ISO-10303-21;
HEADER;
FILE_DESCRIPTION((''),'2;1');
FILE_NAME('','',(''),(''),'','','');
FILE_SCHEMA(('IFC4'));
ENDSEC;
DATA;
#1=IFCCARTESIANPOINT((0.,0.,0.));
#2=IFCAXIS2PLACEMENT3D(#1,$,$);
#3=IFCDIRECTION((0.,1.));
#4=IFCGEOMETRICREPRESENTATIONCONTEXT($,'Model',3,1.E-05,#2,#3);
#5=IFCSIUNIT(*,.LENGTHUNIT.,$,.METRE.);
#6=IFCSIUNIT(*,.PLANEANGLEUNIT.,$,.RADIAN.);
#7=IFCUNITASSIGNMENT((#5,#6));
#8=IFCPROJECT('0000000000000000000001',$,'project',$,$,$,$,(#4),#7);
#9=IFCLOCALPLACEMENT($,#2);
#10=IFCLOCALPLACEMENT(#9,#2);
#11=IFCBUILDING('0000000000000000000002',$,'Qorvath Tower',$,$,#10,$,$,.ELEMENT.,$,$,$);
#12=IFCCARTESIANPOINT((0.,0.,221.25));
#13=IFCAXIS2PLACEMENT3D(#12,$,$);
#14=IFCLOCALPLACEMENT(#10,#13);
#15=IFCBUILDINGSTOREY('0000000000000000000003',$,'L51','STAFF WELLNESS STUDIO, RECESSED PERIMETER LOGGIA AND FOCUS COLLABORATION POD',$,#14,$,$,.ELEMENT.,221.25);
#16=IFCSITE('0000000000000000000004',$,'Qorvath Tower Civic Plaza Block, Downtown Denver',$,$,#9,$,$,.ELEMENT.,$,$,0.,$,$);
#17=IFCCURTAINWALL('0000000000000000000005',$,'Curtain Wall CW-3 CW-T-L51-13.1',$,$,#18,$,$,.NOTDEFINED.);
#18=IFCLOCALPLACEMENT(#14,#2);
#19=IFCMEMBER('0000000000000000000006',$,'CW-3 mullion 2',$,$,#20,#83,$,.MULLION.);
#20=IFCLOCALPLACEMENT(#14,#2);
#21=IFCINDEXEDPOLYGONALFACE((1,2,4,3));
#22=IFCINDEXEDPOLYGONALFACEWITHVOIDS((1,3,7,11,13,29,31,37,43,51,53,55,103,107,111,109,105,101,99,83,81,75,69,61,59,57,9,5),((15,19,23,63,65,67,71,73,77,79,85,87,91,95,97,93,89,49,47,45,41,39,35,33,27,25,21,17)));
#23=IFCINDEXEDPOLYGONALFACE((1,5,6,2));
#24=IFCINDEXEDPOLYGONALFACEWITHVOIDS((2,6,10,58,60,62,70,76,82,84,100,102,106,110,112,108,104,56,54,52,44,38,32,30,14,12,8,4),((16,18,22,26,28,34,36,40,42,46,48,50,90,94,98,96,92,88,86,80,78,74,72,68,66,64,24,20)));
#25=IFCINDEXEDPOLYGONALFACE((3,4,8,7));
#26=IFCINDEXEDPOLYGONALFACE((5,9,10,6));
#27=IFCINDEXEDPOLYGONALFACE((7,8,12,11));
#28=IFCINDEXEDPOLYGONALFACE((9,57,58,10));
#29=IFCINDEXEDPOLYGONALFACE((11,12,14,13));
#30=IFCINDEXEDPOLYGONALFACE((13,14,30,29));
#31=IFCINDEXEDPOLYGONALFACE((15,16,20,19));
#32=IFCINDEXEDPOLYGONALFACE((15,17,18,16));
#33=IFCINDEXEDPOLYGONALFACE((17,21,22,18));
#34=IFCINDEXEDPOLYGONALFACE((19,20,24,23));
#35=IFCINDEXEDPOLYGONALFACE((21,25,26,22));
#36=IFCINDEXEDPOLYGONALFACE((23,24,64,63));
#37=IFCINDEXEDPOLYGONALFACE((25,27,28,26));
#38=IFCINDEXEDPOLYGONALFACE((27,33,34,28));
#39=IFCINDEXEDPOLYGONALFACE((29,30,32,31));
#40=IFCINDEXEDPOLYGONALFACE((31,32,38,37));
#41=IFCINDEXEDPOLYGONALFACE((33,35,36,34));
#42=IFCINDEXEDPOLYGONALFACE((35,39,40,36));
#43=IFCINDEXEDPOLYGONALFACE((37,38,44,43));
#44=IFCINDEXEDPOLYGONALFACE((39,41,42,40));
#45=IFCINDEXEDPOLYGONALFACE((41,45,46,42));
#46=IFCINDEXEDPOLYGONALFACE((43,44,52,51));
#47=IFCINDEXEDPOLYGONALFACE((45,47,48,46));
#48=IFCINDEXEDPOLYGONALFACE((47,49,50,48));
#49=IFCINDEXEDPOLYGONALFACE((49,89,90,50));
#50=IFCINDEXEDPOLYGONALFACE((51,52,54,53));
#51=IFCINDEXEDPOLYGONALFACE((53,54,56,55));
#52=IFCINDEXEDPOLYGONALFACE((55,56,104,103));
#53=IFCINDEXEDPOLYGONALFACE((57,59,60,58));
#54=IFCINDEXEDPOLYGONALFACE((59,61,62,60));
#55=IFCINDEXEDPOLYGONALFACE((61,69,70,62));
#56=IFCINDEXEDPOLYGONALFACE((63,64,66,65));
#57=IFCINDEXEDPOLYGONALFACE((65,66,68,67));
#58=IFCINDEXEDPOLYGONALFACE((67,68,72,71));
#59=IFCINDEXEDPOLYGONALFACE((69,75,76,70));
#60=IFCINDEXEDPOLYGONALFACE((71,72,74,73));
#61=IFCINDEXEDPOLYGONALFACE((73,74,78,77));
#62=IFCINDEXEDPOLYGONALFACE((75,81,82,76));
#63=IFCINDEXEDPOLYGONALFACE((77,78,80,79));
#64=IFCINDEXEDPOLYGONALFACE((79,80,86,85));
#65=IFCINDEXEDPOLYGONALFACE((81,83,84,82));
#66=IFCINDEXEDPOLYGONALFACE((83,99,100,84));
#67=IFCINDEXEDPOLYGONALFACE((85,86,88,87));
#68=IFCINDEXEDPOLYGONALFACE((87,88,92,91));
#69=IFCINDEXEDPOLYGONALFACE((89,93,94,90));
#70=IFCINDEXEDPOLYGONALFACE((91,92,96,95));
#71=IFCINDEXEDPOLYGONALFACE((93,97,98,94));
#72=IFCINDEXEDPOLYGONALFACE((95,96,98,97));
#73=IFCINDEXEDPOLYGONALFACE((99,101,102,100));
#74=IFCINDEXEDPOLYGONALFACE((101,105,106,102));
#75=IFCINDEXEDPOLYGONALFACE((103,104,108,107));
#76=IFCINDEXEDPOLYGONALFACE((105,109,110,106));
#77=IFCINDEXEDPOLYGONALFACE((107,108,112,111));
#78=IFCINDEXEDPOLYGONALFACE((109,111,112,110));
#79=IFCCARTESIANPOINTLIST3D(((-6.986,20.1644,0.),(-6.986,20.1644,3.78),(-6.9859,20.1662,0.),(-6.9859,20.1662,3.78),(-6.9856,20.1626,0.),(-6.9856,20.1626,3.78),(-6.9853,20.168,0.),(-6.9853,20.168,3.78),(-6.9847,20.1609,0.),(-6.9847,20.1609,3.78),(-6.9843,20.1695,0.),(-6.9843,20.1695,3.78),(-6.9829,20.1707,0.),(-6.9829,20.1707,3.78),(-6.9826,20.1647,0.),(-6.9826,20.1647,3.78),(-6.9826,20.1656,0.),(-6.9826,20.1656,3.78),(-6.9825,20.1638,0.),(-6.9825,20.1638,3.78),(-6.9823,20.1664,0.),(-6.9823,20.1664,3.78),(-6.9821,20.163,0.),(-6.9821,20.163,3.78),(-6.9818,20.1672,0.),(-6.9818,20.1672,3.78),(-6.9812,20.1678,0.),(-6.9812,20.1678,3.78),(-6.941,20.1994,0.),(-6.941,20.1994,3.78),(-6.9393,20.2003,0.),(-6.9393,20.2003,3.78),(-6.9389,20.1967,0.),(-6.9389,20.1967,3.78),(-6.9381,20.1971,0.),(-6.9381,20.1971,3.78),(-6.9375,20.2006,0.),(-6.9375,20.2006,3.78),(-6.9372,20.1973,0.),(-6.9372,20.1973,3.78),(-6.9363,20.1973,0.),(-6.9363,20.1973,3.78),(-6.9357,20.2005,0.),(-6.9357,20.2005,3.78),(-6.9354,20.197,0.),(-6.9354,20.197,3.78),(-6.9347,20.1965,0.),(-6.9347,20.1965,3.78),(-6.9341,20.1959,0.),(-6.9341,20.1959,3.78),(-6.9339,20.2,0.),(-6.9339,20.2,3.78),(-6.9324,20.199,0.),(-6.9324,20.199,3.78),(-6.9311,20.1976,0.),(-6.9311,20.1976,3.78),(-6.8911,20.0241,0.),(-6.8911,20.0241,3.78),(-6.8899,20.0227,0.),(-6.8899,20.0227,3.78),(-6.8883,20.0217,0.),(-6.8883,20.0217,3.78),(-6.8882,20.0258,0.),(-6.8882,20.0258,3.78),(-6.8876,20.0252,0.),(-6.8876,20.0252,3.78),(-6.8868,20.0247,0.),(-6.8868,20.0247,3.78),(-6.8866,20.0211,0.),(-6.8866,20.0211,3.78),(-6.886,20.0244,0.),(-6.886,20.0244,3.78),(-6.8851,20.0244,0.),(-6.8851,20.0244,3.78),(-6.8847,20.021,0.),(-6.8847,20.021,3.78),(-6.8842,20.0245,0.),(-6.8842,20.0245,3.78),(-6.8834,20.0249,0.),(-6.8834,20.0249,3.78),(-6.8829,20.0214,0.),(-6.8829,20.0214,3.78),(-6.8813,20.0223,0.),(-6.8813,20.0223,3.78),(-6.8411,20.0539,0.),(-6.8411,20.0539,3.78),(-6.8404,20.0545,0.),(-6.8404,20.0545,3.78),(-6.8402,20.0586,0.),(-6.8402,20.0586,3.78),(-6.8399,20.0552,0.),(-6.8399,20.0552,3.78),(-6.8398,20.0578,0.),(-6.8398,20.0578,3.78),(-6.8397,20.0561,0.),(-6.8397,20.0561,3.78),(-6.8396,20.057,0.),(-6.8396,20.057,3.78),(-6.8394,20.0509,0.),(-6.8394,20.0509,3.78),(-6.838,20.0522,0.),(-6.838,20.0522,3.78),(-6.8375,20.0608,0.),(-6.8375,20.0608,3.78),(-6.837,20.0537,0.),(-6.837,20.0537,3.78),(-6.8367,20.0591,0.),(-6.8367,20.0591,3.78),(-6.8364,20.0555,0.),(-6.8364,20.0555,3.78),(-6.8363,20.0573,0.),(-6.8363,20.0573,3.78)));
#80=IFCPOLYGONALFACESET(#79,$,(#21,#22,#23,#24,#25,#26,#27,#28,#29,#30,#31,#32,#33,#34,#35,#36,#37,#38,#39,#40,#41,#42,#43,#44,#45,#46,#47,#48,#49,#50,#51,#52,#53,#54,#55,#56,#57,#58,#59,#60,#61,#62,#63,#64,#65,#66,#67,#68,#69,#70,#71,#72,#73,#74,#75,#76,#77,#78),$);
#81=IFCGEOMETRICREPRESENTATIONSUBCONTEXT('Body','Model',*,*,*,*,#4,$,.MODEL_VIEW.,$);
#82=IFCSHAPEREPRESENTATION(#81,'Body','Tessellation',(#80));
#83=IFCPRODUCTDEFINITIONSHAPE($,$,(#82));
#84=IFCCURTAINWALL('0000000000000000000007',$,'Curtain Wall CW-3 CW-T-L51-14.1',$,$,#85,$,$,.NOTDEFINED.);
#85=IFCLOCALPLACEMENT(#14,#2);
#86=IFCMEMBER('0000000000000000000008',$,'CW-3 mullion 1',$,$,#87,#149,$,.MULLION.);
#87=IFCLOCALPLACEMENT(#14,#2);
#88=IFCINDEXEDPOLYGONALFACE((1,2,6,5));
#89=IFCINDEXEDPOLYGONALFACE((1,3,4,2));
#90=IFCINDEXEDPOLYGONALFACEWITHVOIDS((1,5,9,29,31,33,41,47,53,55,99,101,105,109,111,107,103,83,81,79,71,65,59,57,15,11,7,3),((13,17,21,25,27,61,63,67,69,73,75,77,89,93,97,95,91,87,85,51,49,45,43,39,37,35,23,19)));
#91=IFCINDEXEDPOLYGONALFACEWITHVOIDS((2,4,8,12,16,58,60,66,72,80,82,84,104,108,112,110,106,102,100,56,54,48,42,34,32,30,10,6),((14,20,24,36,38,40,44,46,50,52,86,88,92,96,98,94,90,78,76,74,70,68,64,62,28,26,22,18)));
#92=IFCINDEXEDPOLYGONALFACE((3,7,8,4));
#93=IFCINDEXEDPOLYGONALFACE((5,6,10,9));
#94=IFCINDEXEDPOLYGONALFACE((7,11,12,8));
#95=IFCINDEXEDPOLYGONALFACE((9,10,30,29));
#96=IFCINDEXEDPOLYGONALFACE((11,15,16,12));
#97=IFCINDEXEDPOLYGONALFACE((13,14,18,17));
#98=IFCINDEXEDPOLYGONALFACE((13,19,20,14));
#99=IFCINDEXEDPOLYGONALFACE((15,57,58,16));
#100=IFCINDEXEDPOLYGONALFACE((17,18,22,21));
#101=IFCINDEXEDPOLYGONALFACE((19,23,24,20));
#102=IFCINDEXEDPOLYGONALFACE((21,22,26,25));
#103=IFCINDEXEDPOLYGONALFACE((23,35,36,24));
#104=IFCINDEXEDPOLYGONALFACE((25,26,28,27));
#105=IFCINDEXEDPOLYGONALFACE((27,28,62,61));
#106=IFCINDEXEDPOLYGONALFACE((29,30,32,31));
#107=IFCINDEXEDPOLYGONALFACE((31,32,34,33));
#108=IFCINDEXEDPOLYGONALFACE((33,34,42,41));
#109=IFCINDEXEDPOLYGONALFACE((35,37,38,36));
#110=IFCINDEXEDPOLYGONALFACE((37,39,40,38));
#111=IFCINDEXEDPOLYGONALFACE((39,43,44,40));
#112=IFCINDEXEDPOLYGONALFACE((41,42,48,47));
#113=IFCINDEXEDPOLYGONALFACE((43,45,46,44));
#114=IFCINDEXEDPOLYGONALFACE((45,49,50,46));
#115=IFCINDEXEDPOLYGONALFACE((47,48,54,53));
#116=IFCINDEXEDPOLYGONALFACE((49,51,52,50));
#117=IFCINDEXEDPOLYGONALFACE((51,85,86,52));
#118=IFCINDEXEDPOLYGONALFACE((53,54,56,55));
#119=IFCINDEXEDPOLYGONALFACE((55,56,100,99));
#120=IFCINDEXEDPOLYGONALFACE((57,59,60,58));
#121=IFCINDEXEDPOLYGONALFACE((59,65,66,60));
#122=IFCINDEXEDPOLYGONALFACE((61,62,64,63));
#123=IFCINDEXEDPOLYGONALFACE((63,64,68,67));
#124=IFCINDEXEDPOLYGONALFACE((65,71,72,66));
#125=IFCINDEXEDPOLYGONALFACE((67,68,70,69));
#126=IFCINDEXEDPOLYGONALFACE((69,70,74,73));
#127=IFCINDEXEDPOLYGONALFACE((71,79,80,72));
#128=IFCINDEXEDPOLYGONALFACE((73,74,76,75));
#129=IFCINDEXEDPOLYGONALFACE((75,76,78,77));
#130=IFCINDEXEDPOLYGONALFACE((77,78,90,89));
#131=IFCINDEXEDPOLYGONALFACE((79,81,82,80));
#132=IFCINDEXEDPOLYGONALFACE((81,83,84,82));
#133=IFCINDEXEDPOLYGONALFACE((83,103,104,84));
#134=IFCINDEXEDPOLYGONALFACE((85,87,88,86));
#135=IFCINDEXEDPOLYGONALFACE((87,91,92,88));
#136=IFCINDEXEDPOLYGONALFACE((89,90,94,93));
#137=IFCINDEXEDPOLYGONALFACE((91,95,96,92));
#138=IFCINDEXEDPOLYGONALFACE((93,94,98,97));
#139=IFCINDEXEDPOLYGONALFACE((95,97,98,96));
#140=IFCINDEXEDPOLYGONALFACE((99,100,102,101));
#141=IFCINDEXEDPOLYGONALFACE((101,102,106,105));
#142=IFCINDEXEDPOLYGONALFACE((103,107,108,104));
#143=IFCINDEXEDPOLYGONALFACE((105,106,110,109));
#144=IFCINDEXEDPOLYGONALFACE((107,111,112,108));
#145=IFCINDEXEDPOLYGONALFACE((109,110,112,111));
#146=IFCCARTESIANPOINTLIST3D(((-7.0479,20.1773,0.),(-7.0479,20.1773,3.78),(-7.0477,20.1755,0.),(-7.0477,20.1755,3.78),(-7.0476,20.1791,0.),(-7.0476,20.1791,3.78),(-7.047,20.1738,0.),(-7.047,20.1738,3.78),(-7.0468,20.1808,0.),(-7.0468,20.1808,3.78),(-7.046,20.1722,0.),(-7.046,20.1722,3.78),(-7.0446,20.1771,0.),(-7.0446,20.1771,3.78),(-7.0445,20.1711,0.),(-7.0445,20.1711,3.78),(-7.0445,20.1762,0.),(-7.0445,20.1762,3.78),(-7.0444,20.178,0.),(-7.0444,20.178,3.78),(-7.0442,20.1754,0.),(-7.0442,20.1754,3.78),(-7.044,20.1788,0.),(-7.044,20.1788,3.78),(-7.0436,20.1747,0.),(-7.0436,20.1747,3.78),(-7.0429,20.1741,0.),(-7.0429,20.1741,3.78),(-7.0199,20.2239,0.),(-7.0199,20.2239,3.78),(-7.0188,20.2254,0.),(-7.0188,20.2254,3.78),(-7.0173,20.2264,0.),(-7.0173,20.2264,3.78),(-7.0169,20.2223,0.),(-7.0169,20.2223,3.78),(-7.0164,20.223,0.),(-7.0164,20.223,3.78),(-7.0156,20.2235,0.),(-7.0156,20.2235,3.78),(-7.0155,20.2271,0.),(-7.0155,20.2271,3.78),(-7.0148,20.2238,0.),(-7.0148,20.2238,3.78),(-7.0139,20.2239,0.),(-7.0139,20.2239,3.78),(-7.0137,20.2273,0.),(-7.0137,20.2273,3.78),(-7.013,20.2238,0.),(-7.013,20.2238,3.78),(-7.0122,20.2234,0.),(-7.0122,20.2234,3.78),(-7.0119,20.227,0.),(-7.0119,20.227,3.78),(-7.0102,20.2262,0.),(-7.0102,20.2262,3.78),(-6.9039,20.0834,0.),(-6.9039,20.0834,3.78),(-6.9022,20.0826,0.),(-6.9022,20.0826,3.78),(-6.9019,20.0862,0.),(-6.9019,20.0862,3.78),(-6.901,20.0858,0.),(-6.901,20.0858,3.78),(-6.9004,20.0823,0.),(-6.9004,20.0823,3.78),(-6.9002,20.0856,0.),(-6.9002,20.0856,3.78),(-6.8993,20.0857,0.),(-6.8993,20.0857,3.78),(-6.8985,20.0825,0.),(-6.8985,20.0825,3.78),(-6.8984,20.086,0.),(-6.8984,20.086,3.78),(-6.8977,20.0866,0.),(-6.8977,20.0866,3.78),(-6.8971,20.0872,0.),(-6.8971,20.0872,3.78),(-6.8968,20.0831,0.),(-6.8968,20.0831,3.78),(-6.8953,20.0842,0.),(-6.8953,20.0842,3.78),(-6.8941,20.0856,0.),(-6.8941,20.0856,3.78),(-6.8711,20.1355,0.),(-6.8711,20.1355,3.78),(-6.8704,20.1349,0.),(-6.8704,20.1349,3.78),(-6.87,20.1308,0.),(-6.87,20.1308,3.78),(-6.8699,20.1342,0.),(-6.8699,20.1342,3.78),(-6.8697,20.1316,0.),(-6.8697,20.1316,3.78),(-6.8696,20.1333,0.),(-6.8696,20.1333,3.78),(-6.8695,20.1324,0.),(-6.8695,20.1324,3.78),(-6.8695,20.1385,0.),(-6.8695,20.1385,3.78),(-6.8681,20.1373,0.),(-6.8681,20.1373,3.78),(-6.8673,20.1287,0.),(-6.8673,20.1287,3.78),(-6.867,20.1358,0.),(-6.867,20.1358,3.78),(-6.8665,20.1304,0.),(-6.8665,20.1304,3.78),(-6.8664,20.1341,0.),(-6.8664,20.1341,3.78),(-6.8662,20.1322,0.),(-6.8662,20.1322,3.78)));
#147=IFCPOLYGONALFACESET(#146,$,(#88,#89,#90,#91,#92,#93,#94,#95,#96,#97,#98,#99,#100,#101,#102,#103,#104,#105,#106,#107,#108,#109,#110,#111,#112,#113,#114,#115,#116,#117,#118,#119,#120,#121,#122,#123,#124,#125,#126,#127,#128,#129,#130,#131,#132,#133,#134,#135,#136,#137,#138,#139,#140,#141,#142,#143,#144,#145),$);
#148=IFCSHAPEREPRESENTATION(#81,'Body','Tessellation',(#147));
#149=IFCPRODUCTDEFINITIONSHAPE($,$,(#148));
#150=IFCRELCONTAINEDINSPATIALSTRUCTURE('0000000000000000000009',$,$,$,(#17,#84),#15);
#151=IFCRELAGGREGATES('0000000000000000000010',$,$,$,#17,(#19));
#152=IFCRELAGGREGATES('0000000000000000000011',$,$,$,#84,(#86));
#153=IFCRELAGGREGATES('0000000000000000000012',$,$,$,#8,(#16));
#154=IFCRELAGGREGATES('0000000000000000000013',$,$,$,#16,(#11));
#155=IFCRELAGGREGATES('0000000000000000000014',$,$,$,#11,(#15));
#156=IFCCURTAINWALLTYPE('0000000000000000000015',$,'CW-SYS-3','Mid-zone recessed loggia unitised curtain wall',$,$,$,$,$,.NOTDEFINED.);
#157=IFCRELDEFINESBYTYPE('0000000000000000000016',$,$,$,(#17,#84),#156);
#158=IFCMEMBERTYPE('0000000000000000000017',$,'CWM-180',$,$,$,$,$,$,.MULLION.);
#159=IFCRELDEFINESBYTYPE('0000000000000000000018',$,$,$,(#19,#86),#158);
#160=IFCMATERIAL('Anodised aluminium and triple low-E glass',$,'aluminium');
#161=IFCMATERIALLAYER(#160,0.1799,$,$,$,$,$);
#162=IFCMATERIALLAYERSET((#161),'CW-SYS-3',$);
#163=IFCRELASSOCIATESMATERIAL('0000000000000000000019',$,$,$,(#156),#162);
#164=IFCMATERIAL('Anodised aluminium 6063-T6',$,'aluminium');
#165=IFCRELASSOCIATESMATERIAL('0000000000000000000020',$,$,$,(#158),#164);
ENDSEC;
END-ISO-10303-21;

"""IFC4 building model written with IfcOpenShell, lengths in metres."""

from ifc_helpers import new_model, si_unit, direction, frame, origin, origin_2d, place, context, subcontext, project, spatial, hollow_rectangle, extrude, material, layer, layer_set, material_profile, profile_set, type_object, element, aggregate, save


model = new_model("IFC4")

# Units and contexts
model_context = context("Model", 3, precision=1e-05, world=origin(), true_north=direction((0.0, 1.0)))
body_context = subcontext(model_context, "Body", "Model", "MODEL_VIEW")
ifc_project = project(units=[si_unit("LENGTHUNIT", "METRE"), si_unit("PLANEANGLEUNIT", "RADIAN")], contexts=[model_context])

# Site, building, storey
site_placement = place(None, origin())
site = spatial("IfcSite", under=ifc_project, at=site_placement, Name="Qorvath Tower Civic Plaza Block, Downtown Denver", CompositionType="ELEMENT", RefElevation=0.0)
building_placement = place(site_placement, origin())
building = spatial("IfcBuilding", under=site, at=building_placement, Name="Qorvath Tower", CompositionType="ELEMENT")
storey_placement = place(building_placement, frame((0.0, 0.0, 221.25)))
storey = spatial("IfcBuildingStorey", under=building, at=storey_placement, Name="L51", Description="STAFF WELLNESS STUDIO, RECESSED PERIMETER LOGGIA AND FOCUS COLLABORATION POD", CompositionType="ELEMENT", Elevation=221.25)

# Shared definitions
ifc_material_1 = material(Name="Anodised aluminium and triple low-E glass", Category="aluminium")
ifc_layer_1 = layer(ifc_material_1, 0.1799)
ifc_layer_set_1 = layer_set([ifc_layer_1], Name="CW-SYS-3")
curtain_wall_type = type_object("IfcCurtainWallType", Name="CW-SYS-3", Description="Mid-zone recessed loggia unitised curtain wall", PredefinedType="NOTDEFINED", material=ifc_layer_set_1)
ifc_material_2 = material(Name="Anodised aluminium 6063-T6", Category="aluminium")
ifc_material_profile_1 = material_profile(ifc_material_2, hollow_rectangle(XDim=0.0649, YDim=0.1799, WallThickness=0.0034, InnerFilletRadius=0.0034, OuterFilletRadius=0.0071, at=origin_2d()), Name="CWM 180x65")
ifc_profile_set_1 = profile_set([ifc_material_profile_1], Name="Anodised aluminium 6063-T6")
member_type_1 = type_object("IfcMemberType", Name="CWM-180", PredefinedType="MULLION", material=ifc_profile_set_1)

# Curtain walls, members
curtain_wall_1_placement = place(storey_placement, origin())
curtain_wall_1 = element("IfcCurtainWall", 1, at=curtain_wall_1_placement, inside=storey, type_object=curtain_wall_type, Name="Curtain Wall CW-3 CW-T-L51-13.1", PredefinedType="NOTDEFINED")
member_1_placement = place(storey_placement, frame((-6.9111, 20.1108, 0.0), z_axis=(0.0, 0.0, 1.0), x_axis=(-0.825264, -0.564746, 0.0)))
member_1 = element("IfcMember", 2, at=member_1_placement, type_object=member_type_1, Name="CW-3 mullion 2", PredefinedType="MULLION", context=body_context, shape_type="SweptSolid", body=[
    extrude(hollow_rectangle(XDim=0.0649, YDim=0.1799, WallThickness=0.0034, InnerFilletRadius=0.0034, OuterFilletRadius=0.0071, at=origin_2d()), origin(), (0.0, 0.0, 1.0), 3.78),
])
curtain_wall_2_placement = place(storey_placement, origin())
curtain_wall_2 = element("IfcCurtainWall", 3, at=curtain_wall_2_placement, inside=storey, type_object=curtain_wall_type, Name="Curtain Wall CW-3 CW-T-L51-14.1", PredefinedType="NOTDEFINED")
member_2_placement = place(storey_placement, frame((-6.957, 20.1548, 0.0), z_axis=(0.0, 0.0, 1.0), x_axis=(-0.528982, -0.848633, 0.0)))
member_2 = element("IfcMember", 4, at=member_2_placement, type_object=member_type_1, Name="CW-3 mullion 1", PredefinedType="MULLION", context=body_context, shape_type="SweptSolid", body=[
    extrude(hollow_rectangle(XDim=0.0649, YDim=0.1799, WallThickness=0.0034, InnerFilletRadius=0.0034, OuterFilletRadius=0.0071, at=origin_2d()), origin(), (0.0, 0.0, 1.0), 3.78),
])

aggregate(curtain_wall_1, [member_1])
aggregate(curtain_wall_2, [member_2])

save(model, "model.ifc")
